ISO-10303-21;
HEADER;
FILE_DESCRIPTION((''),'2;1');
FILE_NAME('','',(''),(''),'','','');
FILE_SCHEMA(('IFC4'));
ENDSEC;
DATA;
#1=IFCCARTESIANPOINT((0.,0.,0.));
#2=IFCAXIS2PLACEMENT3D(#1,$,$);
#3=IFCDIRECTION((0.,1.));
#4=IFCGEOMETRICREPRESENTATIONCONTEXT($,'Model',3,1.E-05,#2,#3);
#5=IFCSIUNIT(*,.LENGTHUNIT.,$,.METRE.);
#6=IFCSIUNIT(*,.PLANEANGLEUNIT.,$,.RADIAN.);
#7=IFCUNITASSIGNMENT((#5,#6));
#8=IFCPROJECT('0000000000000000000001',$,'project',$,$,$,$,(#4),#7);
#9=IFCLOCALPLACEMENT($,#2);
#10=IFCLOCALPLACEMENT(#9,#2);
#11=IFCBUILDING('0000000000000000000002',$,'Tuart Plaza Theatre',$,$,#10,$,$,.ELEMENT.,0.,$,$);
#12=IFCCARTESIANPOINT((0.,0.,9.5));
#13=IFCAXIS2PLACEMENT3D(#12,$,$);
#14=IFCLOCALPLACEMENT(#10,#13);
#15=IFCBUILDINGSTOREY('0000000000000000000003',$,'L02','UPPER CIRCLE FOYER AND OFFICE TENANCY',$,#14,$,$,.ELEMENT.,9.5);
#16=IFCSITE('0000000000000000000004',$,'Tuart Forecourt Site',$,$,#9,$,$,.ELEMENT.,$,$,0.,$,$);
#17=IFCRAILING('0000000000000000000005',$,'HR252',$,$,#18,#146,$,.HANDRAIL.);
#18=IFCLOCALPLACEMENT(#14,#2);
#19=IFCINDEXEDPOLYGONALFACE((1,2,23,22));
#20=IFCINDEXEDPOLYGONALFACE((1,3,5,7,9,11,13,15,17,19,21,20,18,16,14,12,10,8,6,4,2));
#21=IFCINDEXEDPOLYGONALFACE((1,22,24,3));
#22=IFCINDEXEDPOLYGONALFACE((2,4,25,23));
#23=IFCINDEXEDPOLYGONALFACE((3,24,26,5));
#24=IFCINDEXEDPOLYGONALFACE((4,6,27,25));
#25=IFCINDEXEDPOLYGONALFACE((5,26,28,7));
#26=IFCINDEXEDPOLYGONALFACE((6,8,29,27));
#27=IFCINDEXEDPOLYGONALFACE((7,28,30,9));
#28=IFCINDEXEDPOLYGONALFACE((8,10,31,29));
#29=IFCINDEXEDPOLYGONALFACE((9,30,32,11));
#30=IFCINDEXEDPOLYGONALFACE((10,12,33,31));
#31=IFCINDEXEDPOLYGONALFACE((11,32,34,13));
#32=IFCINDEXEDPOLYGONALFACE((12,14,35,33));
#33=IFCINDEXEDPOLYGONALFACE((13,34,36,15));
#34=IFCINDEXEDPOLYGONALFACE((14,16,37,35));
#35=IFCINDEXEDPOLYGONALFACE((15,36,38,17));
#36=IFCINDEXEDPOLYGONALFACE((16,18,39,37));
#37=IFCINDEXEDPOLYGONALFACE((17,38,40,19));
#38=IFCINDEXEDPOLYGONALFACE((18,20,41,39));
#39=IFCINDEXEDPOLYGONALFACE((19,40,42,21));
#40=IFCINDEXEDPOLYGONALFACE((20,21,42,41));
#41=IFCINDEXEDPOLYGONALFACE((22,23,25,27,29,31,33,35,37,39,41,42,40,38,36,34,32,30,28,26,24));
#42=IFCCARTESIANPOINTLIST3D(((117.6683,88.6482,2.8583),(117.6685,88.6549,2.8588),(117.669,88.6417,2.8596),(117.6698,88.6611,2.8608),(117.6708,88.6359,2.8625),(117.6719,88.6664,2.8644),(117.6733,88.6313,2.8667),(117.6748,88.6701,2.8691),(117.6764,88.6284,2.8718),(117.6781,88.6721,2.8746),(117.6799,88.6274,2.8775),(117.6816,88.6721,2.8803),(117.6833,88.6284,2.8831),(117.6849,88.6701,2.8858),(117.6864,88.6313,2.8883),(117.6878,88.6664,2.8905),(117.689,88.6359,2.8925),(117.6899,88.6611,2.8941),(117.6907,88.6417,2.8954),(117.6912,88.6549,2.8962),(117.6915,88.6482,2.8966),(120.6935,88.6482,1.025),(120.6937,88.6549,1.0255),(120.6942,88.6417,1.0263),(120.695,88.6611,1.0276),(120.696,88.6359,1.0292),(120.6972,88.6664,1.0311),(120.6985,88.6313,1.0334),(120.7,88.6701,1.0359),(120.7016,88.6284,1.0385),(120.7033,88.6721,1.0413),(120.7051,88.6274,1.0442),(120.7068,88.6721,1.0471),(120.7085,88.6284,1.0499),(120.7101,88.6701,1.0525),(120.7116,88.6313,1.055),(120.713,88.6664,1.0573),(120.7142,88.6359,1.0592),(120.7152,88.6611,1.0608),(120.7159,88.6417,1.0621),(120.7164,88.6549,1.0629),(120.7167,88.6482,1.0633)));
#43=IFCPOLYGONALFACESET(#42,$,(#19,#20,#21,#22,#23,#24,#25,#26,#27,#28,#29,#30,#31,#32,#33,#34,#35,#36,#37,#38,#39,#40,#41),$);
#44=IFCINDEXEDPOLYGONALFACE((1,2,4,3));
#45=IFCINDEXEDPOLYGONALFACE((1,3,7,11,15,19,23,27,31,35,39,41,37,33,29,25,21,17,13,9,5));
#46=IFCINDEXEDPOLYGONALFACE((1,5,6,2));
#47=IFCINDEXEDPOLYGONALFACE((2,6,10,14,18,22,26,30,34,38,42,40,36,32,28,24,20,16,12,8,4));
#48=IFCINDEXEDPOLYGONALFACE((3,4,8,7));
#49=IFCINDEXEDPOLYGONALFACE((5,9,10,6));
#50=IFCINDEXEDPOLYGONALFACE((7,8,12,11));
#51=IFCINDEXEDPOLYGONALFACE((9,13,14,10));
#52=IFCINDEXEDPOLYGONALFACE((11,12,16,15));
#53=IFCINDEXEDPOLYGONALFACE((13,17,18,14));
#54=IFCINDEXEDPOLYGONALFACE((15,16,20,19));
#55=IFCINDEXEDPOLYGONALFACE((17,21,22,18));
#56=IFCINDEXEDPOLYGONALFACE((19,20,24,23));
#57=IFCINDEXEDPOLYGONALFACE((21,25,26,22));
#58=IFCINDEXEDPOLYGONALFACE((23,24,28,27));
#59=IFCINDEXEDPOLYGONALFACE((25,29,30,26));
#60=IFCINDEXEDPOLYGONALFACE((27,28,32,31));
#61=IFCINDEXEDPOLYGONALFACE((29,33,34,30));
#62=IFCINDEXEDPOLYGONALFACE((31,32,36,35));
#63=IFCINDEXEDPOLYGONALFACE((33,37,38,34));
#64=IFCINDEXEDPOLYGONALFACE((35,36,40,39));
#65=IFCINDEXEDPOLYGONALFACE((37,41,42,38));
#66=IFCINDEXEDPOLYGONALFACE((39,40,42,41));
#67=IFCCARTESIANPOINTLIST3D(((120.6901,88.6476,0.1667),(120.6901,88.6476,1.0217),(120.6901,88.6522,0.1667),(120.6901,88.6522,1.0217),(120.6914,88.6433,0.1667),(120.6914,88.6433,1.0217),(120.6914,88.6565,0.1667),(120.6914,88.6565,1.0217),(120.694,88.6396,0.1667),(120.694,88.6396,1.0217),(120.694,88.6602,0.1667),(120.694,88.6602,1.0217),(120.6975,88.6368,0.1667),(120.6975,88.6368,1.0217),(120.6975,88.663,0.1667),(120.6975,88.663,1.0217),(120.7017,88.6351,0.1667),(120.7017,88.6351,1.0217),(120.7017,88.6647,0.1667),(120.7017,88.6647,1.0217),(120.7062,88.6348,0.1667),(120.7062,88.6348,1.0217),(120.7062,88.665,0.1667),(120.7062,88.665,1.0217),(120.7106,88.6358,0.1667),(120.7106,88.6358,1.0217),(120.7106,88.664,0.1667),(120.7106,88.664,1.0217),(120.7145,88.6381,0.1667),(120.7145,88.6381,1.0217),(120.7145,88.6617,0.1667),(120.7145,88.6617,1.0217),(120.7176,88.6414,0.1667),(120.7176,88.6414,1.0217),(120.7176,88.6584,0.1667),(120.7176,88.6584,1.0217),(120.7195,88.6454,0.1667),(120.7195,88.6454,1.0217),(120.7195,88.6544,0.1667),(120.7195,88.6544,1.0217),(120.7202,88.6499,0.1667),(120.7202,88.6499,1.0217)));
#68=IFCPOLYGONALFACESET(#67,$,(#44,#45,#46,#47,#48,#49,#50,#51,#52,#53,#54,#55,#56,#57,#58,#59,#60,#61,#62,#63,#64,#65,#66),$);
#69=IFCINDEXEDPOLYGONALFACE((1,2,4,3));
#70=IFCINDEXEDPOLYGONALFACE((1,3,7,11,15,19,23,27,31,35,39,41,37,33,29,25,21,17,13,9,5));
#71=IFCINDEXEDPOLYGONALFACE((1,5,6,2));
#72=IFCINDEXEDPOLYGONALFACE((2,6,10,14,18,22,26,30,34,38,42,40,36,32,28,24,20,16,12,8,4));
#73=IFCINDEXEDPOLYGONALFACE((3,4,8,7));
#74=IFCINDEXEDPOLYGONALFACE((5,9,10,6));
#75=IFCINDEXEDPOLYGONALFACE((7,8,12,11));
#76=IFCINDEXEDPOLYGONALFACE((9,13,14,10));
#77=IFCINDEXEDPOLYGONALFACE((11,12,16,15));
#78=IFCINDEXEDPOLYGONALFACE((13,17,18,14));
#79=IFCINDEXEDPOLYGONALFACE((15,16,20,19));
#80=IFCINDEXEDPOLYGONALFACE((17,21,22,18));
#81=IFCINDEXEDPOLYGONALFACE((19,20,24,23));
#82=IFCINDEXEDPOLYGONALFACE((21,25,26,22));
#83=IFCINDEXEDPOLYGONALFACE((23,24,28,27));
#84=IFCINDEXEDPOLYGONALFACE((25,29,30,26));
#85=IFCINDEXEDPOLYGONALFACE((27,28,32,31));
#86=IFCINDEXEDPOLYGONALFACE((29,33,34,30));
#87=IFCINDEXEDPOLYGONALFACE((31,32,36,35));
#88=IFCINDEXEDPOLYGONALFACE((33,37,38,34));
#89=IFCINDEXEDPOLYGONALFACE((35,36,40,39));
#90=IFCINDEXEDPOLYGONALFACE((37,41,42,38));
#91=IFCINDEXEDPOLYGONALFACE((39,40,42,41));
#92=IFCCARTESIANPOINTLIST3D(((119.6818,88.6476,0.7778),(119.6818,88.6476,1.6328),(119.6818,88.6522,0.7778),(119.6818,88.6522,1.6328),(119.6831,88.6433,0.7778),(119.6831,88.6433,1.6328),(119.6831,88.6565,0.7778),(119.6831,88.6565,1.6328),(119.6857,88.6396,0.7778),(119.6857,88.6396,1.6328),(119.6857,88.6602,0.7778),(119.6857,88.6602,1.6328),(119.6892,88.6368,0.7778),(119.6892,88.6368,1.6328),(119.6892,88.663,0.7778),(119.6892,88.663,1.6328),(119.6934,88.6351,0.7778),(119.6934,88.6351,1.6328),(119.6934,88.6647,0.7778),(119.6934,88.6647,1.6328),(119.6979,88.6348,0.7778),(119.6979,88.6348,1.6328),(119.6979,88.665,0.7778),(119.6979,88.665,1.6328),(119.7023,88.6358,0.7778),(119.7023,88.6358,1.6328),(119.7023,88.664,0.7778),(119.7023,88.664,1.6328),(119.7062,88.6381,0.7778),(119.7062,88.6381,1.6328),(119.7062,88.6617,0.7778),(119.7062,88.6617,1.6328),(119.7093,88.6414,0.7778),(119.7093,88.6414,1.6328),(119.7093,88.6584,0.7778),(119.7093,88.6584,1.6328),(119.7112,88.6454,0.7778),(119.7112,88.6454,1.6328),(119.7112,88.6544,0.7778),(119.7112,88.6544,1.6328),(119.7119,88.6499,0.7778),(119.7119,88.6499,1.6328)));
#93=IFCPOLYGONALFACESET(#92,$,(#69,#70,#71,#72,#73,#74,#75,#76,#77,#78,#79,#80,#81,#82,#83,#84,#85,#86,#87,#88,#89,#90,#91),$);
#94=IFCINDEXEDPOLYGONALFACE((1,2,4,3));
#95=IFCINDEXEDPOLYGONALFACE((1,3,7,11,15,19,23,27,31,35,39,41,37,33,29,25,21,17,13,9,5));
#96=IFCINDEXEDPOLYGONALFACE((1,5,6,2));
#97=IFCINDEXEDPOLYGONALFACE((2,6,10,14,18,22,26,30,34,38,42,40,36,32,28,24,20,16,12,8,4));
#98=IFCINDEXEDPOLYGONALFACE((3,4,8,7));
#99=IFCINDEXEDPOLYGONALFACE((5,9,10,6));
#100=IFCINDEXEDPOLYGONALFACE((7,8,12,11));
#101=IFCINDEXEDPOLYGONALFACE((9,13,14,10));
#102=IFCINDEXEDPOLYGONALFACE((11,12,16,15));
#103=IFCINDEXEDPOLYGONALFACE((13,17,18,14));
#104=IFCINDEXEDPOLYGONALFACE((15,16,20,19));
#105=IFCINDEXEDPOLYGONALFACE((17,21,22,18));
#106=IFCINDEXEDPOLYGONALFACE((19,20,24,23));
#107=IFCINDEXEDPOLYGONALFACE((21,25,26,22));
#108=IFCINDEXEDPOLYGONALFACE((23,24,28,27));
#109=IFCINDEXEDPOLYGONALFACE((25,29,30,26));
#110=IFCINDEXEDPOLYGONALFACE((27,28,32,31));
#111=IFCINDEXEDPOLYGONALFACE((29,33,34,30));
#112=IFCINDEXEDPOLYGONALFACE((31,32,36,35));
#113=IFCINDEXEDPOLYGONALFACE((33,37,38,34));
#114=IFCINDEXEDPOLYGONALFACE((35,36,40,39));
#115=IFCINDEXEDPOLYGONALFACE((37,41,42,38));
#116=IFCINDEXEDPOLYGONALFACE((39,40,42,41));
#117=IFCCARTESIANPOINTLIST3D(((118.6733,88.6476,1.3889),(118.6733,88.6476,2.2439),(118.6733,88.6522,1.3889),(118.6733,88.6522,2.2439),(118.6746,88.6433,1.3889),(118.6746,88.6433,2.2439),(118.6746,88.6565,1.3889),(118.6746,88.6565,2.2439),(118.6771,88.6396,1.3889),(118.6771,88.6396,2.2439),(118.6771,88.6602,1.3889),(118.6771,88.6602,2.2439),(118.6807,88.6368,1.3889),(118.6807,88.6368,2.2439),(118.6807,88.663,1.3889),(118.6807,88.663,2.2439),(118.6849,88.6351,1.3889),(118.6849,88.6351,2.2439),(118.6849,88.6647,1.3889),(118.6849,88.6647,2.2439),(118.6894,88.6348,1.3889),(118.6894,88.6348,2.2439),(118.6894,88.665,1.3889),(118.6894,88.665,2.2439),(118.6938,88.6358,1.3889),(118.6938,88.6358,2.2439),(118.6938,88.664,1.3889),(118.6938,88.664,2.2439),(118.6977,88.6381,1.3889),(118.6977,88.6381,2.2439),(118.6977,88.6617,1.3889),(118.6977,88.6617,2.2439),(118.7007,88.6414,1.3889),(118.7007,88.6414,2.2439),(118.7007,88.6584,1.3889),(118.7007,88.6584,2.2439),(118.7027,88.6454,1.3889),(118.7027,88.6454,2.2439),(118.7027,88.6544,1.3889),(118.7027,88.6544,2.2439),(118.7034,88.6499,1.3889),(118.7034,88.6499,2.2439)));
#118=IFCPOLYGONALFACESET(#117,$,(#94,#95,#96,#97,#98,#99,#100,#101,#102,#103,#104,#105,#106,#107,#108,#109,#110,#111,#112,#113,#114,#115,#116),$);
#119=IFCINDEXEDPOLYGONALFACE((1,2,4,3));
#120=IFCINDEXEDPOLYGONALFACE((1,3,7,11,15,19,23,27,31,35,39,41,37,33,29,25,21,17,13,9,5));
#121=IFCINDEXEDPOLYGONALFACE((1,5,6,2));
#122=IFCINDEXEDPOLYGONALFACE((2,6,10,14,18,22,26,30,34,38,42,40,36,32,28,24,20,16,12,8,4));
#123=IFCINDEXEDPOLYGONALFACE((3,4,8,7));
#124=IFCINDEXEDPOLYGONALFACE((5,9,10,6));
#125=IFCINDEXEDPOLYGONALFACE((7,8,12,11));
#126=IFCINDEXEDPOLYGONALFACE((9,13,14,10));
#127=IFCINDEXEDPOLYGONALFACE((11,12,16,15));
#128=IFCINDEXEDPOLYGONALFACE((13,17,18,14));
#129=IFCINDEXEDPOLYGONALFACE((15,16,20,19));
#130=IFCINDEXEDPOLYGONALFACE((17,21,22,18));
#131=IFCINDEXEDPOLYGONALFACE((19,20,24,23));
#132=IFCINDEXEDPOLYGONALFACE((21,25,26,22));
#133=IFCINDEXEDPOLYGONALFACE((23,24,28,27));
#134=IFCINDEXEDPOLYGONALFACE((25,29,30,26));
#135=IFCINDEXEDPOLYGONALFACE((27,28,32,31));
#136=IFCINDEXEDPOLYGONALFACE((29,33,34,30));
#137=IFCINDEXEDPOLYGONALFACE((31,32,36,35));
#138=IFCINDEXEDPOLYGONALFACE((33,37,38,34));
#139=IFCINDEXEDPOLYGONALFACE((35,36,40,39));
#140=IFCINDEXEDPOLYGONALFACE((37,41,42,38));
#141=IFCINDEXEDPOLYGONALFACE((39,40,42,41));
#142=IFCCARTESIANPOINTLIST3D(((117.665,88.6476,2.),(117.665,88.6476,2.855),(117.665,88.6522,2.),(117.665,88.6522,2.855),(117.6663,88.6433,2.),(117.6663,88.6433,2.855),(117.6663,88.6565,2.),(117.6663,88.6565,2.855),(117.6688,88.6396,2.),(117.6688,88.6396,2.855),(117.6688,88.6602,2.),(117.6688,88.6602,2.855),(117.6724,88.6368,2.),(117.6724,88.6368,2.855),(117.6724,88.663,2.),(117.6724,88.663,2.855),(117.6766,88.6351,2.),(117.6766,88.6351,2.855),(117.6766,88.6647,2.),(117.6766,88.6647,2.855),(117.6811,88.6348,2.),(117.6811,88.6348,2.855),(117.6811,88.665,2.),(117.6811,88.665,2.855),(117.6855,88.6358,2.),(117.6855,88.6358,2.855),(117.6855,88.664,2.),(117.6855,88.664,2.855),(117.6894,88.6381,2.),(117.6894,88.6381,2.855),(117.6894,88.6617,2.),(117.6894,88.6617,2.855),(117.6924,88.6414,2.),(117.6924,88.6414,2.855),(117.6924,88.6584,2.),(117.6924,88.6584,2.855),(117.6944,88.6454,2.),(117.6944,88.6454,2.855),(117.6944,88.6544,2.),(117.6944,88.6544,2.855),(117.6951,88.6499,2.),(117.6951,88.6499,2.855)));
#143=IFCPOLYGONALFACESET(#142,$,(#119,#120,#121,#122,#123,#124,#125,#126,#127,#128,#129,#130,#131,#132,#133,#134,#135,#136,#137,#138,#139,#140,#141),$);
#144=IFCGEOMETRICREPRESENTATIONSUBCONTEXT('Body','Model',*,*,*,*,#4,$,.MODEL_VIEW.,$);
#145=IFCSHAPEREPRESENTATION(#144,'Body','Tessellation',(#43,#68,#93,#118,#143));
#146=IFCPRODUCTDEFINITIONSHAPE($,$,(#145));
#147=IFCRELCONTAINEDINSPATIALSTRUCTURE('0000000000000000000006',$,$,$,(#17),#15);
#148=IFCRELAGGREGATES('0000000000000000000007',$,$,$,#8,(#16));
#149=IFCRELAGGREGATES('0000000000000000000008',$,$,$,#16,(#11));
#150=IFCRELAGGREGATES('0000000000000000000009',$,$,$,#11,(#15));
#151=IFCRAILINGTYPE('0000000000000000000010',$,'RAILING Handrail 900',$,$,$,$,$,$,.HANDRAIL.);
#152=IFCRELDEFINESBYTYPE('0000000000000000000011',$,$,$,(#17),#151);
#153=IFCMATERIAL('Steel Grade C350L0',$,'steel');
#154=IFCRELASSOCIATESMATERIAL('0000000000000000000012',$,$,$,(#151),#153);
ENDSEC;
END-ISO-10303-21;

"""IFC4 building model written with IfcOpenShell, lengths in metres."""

from ifc_helpers import new_model, si_unit, direction, frame, origin, origin_2d, place, context, subcontext, project, spatial, circle, extrude, material, type_object, element, save


model = new_model("IFC4")

# Units and contexts
model_context = context("Model", 3, precision=1e-05, world=origin(), true_north=direction((0.0, 1.0)))
body_context = subcontext(model_context, "Body", "Model", "MODEL_VIEW")
ifc_project = project(units=[si_unit("LENGTHUNIT", "METRE"), si_unit("PLANEANGLEUNIT", "RADIAN")], contexts=[model_context])

# Site, building, storey
site_placement = place(None, origin())
site = spatial("IfcSite", under=ifc_project, at=site_placement, Name="Tuart Forecourt Site", CompositionType="ELEMENT", RefElevation=0.0)
building_placement = place(site_placement, origin())
building = spatial("IfcBuilding", under=site, at=building_placement, Name="Tuart Plaza Theatre", CompositionType="ELEMENT", ElevationOfRefHeight=0.0)
storey_placement = place(building_placement, frame((0.0, 0.0, 9.5)))
storey = spatial("IfcBuildingStorey", under=building, at=storey_placement, Name="L02", Description="UPPER CIRCLE FOYER AND OFFICE TENANCY", CompositionType="ELEMENT", Elevation=9.5)

# Railing
ifc_material_1 = material(Name="Steel Grade C350L0", Category="steel")
railing_type = type_object("IfcRailingType", Name="RAILING Handrail 900", PredefinedType="HANDRAIL", material=ifc_material_1)
railing_placement = place(storey_placement, frame((120.7051, 88.6499, 0.1667)))
element("IfcRailing", 1, at=railing_placement, inside=storey, type_object=railing_type, Name="HR252", PredefinedType="HANDRAIL", context=body_context, shape_type="SweptSolid", body=[
    extrude(circle(Radius=0.0225, at=origin_2d()), frame((0.0, 0.0, 0.8774), z_axis=(-0.855219, 0.0, 0.518267), x_axis=(0.0, -1.0, 0.0)), (0.0, 0.0, 1.0), 3.5374),
    extrude(circle(Radius=0.0151, at=origin_2d()), origin(), (0.0, 0.0, 1.0), 0.855),
    extrude(circle(Radius=0.0151, at=origin_2d()), frame((-1.0083, 0.0, 0.6111)), (0.0, 0.0, 1.0), 0.855),
    extrude(circle(Radius=0.0151, at=origin_2d()), frame((-2.0168, 0.0, 1.2222)), (0.0, 0.0, 1.0), 0.855),
    extrude(circle(Radius=0.0151, at=origin_2d()), frame((-3.0251, 0.0, 1.8333)), (0.0, 0.0, 1.0), 0.855),
])

save(model, "model.ifc")
